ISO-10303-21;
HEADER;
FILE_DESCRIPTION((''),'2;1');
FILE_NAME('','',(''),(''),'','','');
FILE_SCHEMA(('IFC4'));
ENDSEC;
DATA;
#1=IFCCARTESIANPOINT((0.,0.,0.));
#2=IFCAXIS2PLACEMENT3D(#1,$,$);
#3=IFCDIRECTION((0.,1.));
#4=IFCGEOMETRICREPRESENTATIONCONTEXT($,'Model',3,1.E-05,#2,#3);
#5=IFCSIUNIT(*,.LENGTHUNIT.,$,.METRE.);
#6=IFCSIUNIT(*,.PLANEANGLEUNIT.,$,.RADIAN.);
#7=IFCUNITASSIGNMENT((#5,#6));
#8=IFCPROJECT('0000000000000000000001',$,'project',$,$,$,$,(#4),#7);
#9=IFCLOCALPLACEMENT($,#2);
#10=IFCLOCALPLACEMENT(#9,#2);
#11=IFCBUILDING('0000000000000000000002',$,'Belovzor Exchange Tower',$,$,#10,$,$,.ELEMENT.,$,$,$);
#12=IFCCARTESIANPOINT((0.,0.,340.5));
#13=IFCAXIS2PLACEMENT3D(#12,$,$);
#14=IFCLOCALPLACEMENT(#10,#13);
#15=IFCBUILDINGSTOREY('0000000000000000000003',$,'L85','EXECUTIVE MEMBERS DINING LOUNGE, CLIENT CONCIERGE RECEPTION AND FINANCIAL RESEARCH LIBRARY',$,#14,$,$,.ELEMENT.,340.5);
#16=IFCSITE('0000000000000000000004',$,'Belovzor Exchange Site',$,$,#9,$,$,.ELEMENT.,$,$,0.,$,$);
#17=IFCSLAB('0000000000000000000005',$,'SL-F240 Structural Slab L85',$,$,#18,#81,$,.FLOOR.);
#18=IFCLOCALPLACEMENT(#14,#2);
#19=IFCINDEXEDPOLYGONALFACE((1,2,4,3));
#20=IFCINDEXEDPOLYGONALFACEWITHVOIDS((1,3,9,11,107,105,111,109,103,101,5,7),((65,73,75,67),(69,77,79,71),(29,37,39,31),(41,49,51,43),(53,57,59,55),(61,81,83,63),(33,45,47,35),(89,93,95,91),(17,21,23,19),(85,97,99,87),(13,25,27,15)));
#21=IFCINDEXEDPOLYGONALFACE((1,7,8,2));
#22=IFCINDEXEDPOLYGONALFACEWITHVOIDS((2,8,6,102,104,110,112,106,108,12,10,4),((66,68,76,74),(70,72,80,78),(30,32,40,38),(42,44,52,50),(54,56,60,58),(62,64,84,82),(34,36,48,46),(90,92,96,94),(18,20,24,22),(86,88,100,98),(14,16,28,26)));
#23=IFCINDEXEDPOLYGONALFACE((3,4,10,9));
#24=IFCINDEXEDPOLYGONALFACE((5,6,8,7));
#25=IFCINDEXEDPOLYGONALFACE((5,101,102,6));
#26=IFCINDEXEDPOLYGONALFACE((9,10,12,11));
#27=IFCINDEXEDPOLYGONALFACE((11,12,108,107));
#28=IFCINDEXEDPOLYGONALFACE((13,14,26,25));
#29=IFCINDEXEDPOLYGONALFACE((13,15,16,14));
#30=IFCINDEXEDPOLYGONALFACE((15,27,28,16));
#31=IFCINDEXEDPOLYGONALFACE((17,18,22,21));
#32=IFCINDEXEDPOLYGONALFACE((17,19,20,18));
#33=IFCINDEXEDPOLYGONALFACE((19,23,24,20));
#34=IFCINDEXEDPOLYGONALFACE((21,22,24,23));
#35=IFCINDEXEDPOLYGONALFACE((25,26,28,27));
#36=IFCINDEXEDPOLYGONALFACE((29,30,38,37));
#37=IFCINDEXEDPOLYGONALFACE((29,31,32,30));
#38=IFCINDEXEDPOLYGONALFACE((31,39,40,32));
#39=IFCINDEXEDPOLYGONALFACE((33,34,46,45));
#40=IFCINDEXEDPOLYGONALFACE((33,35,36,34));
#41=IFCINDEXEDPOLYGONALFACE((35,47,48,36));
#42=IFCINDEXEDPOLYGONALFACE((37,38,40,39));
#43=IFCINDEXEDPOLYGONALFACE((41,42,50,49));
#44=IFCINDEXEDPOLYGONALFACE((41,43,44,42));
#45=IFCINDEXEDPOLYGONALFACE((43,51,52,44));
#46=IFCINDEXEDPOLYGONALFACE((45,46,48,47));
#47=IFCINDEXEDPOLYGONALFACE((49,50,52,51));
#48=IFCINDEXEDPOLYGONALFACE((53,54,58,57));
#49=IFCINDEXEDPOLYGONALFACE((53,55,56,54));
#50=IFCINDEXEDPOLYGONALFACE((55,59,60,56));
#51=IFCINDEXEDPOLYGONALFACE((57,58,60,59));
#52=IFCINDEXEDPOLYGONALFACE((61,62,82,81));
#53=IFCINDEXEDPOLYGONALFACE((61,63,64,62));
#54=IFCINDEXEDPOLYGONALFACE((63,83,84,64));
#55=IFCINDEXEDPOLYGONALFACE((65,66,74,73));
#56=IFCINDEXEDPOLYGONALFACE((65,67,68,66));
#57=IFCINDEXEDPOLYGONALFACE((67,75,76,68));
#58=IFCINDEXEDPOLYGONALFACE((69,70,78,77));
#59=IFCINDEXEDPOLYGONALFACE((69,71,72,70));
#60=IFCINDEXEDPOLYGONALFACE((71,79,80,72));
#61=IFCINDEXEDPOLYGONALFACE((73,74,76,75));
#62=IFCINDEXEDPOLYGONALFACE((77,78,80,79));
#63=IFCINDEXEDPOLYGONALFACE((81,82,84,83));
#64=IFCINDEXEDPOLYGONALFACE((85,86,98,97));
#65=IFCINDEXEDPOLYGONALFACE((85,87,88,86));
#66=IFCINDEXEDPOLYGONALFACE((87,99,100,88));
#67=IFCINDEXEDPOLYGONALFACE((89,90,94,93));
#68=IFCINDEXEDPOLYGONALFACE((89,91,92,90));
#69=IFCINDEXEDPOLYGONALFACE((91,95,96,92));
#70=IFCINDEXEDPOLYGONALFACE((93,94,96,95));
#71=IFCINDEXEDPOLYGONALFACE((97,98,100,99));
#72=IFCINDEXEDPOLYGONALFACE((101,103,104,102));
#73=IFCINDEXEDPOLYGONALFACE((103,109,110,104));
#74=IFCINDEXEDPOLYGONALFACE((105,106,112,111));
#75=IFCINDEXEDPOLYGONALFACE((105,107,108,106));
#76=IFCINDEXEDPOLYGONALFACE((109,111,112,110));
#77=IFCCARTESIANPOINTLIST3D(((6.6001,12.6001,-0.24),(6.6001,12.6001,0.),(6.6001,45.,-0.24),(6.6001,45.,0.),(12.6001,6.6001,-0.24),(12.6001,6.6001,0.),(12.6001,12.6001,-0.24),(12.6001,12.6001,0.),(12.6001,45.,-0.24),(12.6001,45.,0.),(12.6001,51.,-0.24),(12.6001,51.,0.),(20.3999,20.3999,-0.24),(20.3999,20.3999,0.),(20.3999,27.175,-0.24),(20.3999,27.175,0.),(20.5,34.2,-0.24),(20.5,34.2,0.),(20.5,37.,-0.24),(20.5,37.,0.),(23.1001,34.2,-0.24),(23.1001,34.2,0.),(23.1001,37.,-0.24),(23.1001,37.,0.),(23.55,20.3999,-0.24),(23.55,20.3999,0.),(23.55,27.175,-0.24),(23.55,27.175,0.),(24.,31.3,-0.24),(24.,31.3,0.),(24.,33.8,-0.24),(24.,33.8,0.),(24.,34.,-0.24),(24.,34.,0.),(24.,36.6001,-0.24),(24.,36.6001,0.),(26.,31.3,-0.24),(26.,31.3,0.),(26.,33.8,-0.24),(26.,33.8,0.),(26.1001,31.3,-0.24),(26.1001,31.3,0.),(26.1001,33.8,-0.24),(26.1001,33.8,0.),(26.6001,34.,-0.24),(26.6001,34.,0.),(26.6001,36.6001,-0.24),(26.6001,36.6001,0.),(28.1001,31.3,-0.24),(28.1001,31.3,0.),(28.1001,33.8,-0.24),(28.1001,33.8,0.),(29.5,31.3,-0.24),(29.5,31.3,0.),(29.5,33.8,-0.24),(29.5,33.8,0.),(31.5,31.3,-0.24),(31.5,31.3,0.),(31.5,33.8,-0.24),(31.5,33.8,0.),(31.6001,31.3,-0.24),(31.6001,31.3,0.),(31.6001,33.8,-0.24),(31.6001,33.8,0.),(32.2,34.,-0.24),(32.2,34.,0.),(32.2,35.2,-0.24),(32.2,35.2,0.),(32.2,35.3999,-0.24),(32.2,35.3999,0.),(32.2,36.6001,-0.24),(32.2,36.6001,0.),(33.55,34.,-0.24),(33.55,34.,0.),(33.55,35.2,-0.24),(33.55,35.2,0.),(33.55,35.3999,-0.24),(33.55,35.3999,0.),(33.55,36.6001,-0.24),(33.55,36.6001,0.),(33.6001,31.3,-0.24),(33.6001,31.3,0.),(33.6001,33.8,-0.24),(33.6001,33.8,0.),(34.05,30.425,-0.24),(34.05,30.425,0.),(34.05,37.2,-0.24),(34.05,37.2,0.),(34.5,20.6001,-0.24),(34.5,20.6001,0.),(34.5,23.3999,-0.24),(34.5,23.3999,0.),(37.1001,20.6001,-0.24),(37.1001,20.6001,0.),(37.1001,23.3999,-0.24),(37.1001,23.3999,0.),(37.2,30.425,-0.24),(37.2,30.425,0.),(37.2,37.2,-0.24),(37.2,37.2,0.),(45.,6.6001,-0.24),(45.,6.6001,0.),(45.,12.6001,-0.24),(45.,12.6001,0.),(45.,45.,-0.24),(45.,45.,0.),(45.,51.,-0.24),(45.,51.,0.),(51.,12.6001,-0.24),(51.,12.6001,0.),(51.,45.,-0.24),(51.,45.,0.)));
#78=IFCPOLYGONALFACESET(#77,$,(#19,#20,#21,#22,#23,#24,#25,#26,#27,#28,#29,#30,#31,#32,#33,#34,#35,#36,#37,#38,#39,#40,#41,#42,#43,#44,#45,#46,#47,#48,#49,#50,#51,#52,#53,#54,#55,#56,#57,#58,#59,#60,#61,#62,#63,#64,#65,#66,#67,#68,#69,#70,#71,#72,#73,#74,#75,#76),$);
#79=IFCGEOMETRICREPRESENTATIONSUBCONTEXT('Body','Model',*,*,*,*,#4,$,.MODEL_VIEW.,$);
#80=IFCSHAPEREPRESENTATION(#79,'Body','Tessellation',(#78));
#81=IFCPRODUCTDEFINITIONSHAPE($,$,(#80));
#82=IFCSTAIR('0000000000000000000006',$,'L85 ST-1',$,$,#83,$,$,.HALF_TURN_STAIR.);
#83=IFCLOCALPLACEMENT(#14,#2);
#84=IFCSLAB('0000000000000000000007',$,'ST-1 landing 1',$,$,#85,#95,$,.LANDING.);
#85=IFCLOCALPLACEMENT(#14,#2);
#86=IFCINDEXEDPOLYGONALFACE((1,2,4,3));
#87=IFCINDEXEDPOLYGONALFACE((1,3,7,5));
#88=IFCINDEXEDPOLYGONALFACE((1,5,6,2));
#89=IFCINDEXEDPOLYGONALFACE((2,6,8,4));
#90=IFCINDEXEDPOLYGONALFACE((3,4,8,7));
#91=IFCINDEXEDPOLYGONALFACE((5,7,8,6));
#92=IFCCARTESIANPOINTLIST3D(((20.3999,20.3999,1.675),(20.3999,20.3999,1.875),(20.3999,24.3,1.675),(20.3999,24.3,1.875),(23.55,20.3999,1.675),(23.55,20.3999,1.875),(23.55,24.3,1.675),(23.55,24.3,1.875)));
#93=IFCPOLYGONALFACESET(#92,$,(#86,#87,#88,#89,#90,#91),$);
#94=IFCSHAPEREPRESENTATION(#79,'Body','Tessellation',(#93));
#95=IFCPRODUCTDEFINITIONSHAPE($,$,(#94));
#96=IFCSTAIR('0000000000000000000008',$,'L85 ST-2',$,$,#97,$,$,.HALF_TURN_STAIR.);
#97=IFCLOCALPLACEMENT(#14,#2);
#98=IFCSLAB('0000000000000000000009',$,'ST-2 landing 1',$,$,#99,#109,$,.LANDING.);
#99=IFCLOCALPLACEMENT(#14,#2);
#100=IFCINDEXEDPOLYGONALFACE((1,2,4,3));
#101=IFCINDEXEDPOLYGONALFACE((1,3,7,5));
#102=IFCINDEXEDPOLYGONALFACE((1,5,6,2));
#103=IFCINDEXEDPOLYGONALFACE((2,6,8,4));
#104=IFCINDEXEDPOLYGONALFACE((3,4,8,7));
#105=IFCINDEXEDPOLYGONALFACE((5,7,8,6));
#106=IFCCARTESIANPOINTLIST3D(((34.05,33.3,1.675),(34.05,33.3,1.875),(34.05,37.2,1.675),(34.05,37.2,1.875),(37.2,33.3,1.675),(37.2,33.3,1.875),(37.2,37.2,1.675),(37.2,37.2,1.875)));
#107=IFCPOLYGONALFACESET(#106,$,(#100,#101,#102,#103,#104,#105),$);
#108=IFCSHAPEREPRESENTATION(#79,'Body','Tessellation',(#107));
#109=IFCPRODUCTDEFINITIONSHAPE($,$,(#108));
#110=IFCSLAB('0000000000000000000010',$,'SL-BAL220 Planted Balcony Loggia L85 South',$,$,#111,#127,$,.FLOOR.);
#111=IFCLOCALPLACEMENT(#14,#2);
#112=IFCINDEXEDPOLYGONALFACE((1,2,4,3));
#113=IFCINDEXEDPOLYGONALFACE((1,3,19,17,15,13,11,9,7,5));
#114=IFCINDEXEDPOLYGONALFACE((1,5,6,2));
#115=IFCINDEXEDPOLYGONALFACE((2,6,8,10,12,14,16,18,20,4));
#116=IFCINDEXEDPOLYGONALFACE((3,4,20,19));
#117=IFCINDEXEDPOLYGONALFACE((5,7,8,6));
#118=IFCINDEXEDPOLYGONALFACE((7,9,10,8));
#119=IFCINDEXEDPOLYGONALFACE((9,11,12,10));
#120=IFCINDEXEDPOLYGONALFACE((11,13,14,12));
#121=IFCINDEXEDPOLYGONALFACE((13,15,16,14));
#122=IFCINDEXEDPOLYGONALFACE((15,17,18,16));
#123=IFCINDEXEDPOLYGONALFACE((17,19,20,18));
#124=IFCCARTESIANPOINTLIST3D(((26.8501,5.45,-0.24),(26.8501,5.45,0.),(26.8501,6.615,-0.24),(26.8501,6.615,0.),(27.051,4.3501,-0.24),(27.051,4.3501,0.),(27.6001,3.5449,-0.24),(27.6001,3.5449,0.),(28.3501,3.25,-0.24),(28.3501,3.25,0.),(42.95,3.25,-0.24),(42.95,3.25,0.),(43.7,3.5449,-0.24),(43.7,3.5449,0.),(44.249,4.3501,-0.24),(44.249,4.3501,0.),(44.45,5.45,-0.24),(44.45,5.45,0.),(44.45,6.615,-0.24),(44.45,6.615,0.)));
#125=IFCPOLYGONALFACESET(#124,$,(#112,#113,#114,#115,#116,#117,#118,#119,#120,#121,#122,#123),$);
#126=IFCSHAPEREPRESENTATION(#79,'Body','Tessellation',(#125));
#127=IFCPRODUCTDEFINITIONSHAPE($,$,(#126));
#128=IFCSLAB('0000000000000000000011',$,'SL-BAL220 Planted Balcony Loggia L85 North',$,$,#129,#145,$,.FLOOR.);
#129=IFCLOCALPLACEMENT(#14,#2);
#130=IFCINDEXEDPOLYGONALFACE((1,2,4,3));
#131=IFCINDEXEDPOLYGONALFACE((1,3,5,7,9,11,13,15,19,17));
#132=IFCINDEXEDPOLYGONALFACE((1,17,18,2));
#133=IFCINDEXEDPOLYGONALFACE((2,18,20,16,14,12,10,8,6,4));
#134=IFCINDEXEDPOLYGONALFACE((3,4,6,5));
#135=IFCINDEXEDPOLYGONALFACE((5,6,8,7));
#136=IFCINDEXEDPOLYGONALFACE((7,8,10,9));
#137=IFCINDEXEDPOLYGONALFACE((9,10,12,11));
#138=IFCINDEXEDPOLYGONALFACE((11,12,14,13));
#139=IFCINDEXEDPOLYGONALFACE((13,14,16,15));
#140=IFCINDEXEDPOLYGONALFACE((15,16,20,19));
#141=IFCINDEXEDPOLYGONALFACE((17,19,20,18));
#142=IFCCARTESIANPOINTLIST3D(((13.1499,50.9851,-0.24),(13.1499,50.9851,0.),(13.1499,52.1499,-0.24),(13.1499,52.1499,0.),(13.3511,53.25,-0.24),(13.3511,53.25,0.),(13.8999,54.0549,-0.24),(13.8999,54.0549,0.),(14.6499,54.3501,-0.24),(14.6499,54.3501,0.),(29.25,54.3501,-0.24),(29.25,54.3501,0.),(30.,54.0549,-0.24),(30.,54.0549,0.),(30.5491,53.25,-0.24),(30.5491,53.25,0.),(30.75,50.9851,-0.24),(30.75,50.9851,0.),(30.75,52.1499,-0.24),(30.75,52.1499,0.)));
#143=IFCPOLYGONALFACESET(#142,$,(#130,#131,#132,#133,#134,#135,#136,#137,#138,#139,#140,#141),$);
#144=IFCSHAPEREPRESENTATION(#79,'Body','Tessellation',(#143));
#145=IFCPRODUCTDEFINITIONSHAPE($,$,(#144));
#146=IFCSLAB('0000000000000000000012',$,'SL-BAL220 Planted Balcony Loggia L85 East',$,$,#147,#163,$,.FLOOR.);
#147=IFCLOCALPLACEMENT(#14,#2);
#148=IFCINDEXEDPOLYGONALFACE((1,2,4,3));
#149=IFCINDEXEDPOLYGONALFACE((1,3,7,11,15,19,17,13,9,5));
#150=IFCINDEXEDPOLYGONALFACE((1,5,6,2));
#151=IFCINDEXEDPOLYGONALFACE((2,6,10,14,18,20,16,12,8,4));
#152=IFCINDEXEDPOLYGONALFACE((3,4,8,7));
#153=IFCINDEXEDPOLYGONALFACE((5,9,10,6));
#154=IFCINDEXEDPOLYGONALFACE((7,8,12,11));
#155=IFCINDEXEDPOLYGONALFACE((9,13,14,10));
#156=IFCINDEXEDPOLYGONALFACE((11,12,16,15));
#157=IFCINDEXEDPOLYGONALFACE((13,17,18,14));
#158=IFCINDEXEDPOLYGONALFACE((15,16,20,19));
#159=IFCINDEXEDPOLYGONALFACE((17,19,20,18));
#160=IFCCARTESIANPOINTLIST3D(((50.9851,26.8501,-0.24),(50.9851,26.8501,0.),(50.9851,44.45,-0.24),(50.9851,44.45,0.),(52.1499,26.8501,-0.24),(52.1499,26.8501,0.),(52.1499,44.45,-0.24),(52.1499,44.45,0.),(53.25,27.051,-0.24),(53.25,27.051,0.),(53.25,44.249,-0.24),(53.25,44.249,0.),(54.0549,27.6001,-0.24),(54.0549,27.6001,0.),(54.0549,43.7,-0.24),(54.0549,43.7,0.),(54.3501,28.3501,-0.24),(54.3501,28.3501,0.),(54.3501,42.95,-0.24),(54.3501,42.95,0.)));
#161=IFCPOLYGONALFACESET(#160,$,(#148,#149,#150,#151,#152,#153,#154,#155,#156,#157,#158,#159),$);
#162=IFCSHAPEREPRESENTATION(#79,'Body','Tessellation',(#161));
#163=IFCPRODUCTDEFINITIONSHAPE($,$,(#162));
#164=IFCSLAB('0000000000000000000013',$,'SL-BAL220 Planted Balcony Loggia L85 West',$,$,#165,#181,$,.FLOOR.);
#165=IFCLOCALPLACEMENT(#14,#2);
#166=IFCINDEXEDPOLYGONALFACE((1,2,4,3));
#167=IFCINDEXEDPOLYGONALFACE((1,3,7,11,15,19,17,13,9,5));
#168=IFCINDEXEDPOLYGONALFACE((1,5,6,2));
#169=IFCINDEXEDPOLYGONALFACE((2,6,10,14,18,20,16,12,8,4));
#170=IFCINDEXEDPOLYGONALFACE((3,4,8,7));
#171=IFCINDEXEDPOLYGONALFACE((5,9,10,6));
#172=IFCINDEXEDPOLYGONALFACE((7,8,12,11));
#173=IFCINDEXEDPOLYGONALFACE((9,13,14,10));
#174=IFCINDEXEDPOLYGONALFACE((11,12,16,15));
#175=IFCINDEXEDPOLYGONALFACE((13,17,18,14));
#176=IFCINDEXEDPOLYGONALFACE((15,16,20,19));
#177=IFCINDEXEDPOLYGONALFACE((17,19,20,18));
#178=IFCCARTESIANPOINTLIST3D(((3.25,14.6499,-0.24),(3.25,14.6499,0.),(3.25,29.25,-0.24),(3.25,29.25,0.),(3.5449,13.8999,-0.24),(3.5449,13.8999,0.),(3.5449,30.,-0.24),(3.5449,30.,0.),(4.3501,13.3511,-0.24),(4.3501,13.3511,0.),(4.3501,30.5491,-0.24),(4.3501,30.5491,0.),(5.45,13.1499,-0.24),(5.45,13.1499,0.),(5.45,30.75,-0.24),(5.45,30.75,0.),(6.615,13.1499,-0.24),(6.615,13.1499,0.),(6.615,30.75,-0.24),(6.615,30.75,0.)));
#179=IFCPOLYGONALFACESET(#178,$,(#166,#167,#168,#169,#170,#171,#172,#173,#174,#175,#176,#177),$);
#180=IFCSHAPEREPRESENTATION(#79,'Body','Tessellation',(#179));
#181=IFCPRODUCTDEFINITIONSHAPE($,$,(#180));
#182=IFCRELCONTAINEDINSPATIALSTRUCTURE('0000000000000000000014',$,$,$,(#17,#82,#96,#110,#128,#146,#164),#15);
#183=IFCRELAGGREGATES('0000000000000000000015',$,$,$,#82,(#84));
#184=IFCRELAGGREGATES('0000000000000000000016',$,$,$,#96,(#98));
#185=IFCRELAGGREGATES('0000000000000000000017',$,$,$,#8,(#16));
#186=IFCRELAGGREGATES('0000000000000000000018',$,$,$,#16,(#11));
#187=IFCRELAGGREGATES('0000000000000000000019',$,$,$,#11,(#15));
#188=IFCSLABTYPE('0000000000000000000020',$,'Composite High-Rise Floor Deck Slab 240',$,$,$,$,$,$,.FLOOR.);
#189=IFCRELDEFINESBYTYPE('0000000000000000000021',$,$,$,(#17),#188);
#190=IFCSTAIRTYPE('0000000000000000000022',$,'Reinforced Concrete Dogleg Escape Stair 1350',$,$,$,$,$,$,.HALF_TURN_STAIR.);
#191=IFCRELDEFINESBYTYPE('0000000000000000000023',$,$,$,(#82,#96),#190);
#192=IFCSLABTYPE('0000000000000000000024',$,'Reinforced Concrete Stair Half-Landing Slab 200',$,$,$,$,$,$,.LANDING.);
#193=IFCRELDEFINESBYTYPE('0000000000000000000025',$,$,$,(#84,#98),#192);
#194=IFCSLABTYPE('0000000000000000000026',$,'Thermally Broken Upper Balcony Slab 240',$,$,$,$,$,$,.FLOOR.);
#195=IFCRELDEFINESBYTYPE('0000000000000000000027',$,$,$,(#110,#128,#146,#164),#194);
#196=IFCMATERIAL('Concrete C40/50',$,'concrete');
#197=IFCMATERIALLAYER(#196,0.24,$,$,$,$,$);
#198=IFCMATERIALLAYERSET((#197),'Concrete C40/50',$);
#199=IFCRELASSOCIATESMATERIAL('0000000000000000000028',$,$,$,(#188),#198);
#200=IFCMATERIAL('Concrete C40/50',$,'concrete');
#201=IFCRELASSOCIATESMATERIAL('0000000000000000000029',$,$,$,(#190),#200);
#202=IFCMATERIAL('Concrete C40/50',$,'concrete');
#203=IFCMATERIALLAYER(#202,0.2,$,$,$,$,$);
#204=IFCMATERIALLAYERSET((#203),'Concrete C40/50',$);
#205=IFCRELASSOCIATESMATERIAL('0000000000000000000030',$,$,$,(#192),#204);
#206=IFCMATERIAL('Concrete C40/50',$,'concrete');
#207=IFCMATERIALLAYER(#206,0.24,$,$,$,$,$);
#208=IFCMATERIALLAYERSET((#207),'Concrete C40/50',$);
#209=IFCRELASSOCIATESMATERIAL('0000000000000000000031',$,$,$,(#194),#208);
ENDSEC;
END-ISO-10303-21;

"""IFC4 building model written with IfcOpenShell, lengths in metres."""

from ifc_helpers import new_model, si_unit, direction, frame, origin, place, context, subcontext, project, spatial, polyline, outline, extrude, material, layer, layer_set, type_object, element, aggregate, save


model = new_model("IFC4")

# Units and contexts
model_context = context("Model", 3, precision=1e-05, world=origin(), true_north=direction((0.0, 1.0)))
body_context = subcontext(model_context, "Body", "Model", "MODEL_VIEW")
ifc_project = project(units=[si_unit("LENGTHUNIT", "METRE"), si_unit("PLANEANGLEUNIT", "RADIAN")], contexts=[model_context])

# Site, building, storey
site_placement = place(None, origin())
site = spatial("IfcSite", under=ifc_project, at=site_placement, Name="Belovzor Exchange Site", CompositionType="ELEMENT", RefElevation=0.0)
building_placement = place(site_placement, origin())
building = spatial("IfcBuilding", under=site, at=building_placement, Name="Belovzor Exchange Tower", CompositionType="ELEMENT")
storey_placement = place(building_placement, frame((0.0, 0.0, 340.5)))
storey = spatial("IfcBuildingStorey", under=building, at=storey_placement, Name="L85", Description="EXECUTIVE MEMBERS DINING LOUNGE, CLIENT CONCIERGE RECEPTION AND FINANCIAL RESEARCH LIBRARY", CompositionType="ELEMENT", Elevation=340.5)

# Slab
ifc_material_1 = material(Name="Concrete C40/50", Category="concrete")
ifc_layer_1 = layer(ifc_material_1, 0.24)
ifc_layer_set_1 = layer_set([ifc_layer_1], Name="Concrete C40/50")
slab_type_1 = type_object("IfcSlabType", Name="Composite High-Rise Floor Deck Slab 240", PredefinedType="FLOOR", material=ifc_layer_set_1)
slab_1_placement = place(storey_placement, frame((0.0, 0.0, -0.24)))
element("IfcSlab", 1, at=slab_1_placement, inside=storey, type_object=slab_type_1, Name="SL-F240 Structural Slab L85", PredefinedType="FLOOR", context=body_context, shape_type="SweptSolid", body=[
    extrude(outline(polyline([(12.6001, 6.6001), (45.0, 6.6001), (45.0, 12.6001), (51.0, 12.6001), (51.0, 45.0), (45.0, 45.0), (45.0, 51.0), (12.6001, 51.0), (12.6001, 45.0), (6.6001, 45.0), (6.6001, 12.6001), (12.6001, 12.6001), (12.6001, 6.6001)]), holes=[polyline([(20.3999, 27.175), (20.3999, 20.3999), (23.55, 20.3999), (23.55, 27.175), (20.3999, 27.175)]), polyline([(37.2, 30.425), (37.2, 37.2), (34.05, 37.2), (34.05, 30.425), (37.2, 30.425)]), polyline([(20.5, 34.2), (23.1001, 34.2), (23.1001, 37.0), (20.5, 37.0), (20.5, 34.2)]), polyline([(34.5, 20.6001), (37.1001, 20.6001), (37.1001, 23.3999), (34.5, 23.3999), (34.5, 20.6001)]), polyline([(24.0, 34.0), (26.6001, 34.0), (26.6001, 36.6001), (24.0, 36.6001), (24.0, 34.0)]), polyline([(24.0, 31.3), (26.0, 31.3), (26.0, 33.8), (24.0, 33.8), (24.0, 31.3)]), polyline([(26.1001, 31.3), (28.1001, 31.3), (28.1001, 33.8), (26.1001, 33.8), (26.1001, 31.3)]), polyline([(29.5, 31.3), (31.5, 31.3), (31.5, 33.8), (29.5, 33.8), (29.5, 31.3)]), polyline([(31.6001, 31.3), (33.6001, 31.3), (33.6001, 33.8), (31.6001, 33.8), (31.6001, 31.3)]), polyline([(32.2, 34.0), (33.55, 34.0), (33.55, 35.2), (32.2, 35.2), (32.2, 34.0)]), polyline([(32.2, 35.3999), (33.55, 35.3999), (33.55, 36.6001), (32.2, 36.6001), (32.2, 35.3999)])]), origin(), (0.0, 0.0, 1.0), 0.24),
])

# Stairs, slabs
ifc_material_2 = material(Name="Concrete C40/50", Category="concrete")
stair_type = type_object("IfcStairType", Name="Reinforced Concrete Dogleg Escape Stair 1350", PredefinedType="HALF_TURN_STAIR", material=ifc_material_2)
stair_1_placement = place(storey_placement, origin())
stair_1 = element("IfcStair", 2, at=stair_1_placement, inside=storey, type_object=stair_type, Name="L85 ST-1", PredefinedType="HALF_TURN_STAIR")
ifc_material_3 = material(Name="Concrete C40/50", Category="concrete")
ifc_layer_2 = layer(ifc_material_3, 0.2)
ifc_layer_set_2 = layer_set([ifc_layer_2], Name="Concrete C40/50")
slab_type_2 = type_object("IfcSlabType", Name="Reinforced Concrete Stair Half-Landing Slab 200", PredefinedType="LANDING", material=ifc_layer_set_2)
slab_2_placement = place(storey_placement, frame((0.0, 0.0, 1.675)))
slab_2 = element("IfcSlab", 3, at=slab_2_placement, type_object=slab_type_2, Name="ST-1 landing 1", PredefinedType="LANDING", context=body_context, shape_type="SweptSolid", body=[
    extrude(outline(polyline([(20.3999, 24.3), (20.3999, 20.3999), (23.55, 20.3999), (23.55, 24.3), (20.3999, 24.3)])), origin(), (0.0, 0.0, 1.0), 0.2),
])
aggregate(stair_1, [slab_2])
stair_2_placement = place(storey_placement, origin())
stair_2 = element("IfcStair", 4, at=stair_2_placement, inside=storey, type_object=stair_type, Name="L85 ST-2", PredefinedType="HALF_TURN_STAIR")
slab_3_placement = place(storey_placement, frame((0.0, 0.0, 1.675)))
slab_3 = element("IfcSlab", 5, at=slab_3_placement, type_object=slab_type_2, Name="ST-2 landing 1", PredefinedType="LANDING", context=body_context, shape_type="SweptSolid", body=[
    extrude(outline(polyline([(37.2, 33.3), (37.2, 37.2), (34.05, 37.2), (34.05, 33.3), (37.2, 33.3)])), origin(), (0.0, 0.0, 1.0), 0.2),
])
aggregate(stair_2, [slab_3])

# Slabs
ifc_material_4 = material(Name="Concrete C40/50", Category="concrete")
ifc_layer_3 = layer(ifc_material_4, 0.24)
ifc_layer_set_3 = layer_set([ifc_layer_3], Name="Concrete C40/50")
slab_type_3 = type_object("IfcSlabType", Name="Thermally Broken Upper Balcony Slab 240", PredefinedType="FLOOR", material=ifc_layer_set_3)
slab_4_placement = place(storey_placement, frame((0.0, 0.0, -0.24)))
element("IfcSlab", 6, at=slab_4_placement, inside=storey, type_object=slab_type_3, Name="SL-BAL220 Planted Balcony Loggia L85 South", PredefinedType="FLOOR", context=body_context, shape_type="SweptSolid", body=[
    extrude(outline(polyline([(26.8501, 6.615), (26.8501, 5.45), (27.051, 4.3501), (27.6001, 3.5449), (28.3501, 3.25), (42.95, 3.25), (43.7, 3.5449), (44.249, 4.3501), (44.45, 5.45), (44.45, 6.615), (26.8501, 6.615)])), origin(), (0.0, 0.0, 1.0), 0.24),
])
slab_5_placement = place(storey_placement, frame((0.0, 0.0, -0.24)))
element("IfcSlab", 7, at=slab_5_placement, inside=storey, type_object=slab_type_3, Name="SL-BAL220 Planted Balcony Loggia L85 North", PredefinedType="FLOOR", context=body_context, shape_type="SweptSolid", body=[
    extrude(outline(polyline([(30.75, 50.9851), (30.75, 52.1499), (30.5491, 53.25), (30.0, 54.0549), (29.25, 54.3501), (14.6499, 54.3501), (13.8999, 54.0549), (13.3511, 53.25), (13.1499, 52.1499), (13.1499, 50.9851), (30.75, 50.9851)])), origin(), (0.0, 0.0, 1.0), 0.24),
])
slab_6_placement = place(storey_placement, frame((0.0, 0.0, -0.24)))
element("IfcSlab", 8, at=slab_6_placement, inside=storey, type_object=slab_type_3, Name="SL-BAL220 Planted Balcony Loggia L85 East", PredefinedType="FLOOR", context=body_context, shape_type="SweptSolid", body=[
    extrude(outline(polyline([(50.9851, 26.8501), (52.1499, 26.8501), (53.25, 27.051), (54.0549, 27.6001), (54.3501, 28.3501), (54.3501, 42.95), (54.0549, 43.7), (53.25, 44.249), (52.1499, 44.45), (50.9851, 44.45), (50.9851, 26.8501)])), origin(), (0.0, 0.0, 1.0), 0.24),
])
slab_7_placement = place(storey_placement, frame((0.0, 0.0, -0.24)))
element("IfcSlab", 9, at=slab_7_placement, inside=storey, type_object=slab_type_3, Name="SL-BAL220 Planted Balcony Loggia L85 West", PredefinedType="FLOOR", context=body_context, shape_type="SweptSolid", body=[
    extrude(outline(polyline([(6.615, 30.75), (5.45, 30.75), (4.3501, 30.5491), (3.5449, 30.0), (3.25, 29.25), (3.25, 14.6499), (3.5449, 13.8999), (4.3501, 13.3511), (5.45, 13.1499), (6.615, 13.1499), (6.615, 30.75)])), origin(), (0.0, 0.0, 1.0), 0.24),
])

save(model, "model.ifc")
